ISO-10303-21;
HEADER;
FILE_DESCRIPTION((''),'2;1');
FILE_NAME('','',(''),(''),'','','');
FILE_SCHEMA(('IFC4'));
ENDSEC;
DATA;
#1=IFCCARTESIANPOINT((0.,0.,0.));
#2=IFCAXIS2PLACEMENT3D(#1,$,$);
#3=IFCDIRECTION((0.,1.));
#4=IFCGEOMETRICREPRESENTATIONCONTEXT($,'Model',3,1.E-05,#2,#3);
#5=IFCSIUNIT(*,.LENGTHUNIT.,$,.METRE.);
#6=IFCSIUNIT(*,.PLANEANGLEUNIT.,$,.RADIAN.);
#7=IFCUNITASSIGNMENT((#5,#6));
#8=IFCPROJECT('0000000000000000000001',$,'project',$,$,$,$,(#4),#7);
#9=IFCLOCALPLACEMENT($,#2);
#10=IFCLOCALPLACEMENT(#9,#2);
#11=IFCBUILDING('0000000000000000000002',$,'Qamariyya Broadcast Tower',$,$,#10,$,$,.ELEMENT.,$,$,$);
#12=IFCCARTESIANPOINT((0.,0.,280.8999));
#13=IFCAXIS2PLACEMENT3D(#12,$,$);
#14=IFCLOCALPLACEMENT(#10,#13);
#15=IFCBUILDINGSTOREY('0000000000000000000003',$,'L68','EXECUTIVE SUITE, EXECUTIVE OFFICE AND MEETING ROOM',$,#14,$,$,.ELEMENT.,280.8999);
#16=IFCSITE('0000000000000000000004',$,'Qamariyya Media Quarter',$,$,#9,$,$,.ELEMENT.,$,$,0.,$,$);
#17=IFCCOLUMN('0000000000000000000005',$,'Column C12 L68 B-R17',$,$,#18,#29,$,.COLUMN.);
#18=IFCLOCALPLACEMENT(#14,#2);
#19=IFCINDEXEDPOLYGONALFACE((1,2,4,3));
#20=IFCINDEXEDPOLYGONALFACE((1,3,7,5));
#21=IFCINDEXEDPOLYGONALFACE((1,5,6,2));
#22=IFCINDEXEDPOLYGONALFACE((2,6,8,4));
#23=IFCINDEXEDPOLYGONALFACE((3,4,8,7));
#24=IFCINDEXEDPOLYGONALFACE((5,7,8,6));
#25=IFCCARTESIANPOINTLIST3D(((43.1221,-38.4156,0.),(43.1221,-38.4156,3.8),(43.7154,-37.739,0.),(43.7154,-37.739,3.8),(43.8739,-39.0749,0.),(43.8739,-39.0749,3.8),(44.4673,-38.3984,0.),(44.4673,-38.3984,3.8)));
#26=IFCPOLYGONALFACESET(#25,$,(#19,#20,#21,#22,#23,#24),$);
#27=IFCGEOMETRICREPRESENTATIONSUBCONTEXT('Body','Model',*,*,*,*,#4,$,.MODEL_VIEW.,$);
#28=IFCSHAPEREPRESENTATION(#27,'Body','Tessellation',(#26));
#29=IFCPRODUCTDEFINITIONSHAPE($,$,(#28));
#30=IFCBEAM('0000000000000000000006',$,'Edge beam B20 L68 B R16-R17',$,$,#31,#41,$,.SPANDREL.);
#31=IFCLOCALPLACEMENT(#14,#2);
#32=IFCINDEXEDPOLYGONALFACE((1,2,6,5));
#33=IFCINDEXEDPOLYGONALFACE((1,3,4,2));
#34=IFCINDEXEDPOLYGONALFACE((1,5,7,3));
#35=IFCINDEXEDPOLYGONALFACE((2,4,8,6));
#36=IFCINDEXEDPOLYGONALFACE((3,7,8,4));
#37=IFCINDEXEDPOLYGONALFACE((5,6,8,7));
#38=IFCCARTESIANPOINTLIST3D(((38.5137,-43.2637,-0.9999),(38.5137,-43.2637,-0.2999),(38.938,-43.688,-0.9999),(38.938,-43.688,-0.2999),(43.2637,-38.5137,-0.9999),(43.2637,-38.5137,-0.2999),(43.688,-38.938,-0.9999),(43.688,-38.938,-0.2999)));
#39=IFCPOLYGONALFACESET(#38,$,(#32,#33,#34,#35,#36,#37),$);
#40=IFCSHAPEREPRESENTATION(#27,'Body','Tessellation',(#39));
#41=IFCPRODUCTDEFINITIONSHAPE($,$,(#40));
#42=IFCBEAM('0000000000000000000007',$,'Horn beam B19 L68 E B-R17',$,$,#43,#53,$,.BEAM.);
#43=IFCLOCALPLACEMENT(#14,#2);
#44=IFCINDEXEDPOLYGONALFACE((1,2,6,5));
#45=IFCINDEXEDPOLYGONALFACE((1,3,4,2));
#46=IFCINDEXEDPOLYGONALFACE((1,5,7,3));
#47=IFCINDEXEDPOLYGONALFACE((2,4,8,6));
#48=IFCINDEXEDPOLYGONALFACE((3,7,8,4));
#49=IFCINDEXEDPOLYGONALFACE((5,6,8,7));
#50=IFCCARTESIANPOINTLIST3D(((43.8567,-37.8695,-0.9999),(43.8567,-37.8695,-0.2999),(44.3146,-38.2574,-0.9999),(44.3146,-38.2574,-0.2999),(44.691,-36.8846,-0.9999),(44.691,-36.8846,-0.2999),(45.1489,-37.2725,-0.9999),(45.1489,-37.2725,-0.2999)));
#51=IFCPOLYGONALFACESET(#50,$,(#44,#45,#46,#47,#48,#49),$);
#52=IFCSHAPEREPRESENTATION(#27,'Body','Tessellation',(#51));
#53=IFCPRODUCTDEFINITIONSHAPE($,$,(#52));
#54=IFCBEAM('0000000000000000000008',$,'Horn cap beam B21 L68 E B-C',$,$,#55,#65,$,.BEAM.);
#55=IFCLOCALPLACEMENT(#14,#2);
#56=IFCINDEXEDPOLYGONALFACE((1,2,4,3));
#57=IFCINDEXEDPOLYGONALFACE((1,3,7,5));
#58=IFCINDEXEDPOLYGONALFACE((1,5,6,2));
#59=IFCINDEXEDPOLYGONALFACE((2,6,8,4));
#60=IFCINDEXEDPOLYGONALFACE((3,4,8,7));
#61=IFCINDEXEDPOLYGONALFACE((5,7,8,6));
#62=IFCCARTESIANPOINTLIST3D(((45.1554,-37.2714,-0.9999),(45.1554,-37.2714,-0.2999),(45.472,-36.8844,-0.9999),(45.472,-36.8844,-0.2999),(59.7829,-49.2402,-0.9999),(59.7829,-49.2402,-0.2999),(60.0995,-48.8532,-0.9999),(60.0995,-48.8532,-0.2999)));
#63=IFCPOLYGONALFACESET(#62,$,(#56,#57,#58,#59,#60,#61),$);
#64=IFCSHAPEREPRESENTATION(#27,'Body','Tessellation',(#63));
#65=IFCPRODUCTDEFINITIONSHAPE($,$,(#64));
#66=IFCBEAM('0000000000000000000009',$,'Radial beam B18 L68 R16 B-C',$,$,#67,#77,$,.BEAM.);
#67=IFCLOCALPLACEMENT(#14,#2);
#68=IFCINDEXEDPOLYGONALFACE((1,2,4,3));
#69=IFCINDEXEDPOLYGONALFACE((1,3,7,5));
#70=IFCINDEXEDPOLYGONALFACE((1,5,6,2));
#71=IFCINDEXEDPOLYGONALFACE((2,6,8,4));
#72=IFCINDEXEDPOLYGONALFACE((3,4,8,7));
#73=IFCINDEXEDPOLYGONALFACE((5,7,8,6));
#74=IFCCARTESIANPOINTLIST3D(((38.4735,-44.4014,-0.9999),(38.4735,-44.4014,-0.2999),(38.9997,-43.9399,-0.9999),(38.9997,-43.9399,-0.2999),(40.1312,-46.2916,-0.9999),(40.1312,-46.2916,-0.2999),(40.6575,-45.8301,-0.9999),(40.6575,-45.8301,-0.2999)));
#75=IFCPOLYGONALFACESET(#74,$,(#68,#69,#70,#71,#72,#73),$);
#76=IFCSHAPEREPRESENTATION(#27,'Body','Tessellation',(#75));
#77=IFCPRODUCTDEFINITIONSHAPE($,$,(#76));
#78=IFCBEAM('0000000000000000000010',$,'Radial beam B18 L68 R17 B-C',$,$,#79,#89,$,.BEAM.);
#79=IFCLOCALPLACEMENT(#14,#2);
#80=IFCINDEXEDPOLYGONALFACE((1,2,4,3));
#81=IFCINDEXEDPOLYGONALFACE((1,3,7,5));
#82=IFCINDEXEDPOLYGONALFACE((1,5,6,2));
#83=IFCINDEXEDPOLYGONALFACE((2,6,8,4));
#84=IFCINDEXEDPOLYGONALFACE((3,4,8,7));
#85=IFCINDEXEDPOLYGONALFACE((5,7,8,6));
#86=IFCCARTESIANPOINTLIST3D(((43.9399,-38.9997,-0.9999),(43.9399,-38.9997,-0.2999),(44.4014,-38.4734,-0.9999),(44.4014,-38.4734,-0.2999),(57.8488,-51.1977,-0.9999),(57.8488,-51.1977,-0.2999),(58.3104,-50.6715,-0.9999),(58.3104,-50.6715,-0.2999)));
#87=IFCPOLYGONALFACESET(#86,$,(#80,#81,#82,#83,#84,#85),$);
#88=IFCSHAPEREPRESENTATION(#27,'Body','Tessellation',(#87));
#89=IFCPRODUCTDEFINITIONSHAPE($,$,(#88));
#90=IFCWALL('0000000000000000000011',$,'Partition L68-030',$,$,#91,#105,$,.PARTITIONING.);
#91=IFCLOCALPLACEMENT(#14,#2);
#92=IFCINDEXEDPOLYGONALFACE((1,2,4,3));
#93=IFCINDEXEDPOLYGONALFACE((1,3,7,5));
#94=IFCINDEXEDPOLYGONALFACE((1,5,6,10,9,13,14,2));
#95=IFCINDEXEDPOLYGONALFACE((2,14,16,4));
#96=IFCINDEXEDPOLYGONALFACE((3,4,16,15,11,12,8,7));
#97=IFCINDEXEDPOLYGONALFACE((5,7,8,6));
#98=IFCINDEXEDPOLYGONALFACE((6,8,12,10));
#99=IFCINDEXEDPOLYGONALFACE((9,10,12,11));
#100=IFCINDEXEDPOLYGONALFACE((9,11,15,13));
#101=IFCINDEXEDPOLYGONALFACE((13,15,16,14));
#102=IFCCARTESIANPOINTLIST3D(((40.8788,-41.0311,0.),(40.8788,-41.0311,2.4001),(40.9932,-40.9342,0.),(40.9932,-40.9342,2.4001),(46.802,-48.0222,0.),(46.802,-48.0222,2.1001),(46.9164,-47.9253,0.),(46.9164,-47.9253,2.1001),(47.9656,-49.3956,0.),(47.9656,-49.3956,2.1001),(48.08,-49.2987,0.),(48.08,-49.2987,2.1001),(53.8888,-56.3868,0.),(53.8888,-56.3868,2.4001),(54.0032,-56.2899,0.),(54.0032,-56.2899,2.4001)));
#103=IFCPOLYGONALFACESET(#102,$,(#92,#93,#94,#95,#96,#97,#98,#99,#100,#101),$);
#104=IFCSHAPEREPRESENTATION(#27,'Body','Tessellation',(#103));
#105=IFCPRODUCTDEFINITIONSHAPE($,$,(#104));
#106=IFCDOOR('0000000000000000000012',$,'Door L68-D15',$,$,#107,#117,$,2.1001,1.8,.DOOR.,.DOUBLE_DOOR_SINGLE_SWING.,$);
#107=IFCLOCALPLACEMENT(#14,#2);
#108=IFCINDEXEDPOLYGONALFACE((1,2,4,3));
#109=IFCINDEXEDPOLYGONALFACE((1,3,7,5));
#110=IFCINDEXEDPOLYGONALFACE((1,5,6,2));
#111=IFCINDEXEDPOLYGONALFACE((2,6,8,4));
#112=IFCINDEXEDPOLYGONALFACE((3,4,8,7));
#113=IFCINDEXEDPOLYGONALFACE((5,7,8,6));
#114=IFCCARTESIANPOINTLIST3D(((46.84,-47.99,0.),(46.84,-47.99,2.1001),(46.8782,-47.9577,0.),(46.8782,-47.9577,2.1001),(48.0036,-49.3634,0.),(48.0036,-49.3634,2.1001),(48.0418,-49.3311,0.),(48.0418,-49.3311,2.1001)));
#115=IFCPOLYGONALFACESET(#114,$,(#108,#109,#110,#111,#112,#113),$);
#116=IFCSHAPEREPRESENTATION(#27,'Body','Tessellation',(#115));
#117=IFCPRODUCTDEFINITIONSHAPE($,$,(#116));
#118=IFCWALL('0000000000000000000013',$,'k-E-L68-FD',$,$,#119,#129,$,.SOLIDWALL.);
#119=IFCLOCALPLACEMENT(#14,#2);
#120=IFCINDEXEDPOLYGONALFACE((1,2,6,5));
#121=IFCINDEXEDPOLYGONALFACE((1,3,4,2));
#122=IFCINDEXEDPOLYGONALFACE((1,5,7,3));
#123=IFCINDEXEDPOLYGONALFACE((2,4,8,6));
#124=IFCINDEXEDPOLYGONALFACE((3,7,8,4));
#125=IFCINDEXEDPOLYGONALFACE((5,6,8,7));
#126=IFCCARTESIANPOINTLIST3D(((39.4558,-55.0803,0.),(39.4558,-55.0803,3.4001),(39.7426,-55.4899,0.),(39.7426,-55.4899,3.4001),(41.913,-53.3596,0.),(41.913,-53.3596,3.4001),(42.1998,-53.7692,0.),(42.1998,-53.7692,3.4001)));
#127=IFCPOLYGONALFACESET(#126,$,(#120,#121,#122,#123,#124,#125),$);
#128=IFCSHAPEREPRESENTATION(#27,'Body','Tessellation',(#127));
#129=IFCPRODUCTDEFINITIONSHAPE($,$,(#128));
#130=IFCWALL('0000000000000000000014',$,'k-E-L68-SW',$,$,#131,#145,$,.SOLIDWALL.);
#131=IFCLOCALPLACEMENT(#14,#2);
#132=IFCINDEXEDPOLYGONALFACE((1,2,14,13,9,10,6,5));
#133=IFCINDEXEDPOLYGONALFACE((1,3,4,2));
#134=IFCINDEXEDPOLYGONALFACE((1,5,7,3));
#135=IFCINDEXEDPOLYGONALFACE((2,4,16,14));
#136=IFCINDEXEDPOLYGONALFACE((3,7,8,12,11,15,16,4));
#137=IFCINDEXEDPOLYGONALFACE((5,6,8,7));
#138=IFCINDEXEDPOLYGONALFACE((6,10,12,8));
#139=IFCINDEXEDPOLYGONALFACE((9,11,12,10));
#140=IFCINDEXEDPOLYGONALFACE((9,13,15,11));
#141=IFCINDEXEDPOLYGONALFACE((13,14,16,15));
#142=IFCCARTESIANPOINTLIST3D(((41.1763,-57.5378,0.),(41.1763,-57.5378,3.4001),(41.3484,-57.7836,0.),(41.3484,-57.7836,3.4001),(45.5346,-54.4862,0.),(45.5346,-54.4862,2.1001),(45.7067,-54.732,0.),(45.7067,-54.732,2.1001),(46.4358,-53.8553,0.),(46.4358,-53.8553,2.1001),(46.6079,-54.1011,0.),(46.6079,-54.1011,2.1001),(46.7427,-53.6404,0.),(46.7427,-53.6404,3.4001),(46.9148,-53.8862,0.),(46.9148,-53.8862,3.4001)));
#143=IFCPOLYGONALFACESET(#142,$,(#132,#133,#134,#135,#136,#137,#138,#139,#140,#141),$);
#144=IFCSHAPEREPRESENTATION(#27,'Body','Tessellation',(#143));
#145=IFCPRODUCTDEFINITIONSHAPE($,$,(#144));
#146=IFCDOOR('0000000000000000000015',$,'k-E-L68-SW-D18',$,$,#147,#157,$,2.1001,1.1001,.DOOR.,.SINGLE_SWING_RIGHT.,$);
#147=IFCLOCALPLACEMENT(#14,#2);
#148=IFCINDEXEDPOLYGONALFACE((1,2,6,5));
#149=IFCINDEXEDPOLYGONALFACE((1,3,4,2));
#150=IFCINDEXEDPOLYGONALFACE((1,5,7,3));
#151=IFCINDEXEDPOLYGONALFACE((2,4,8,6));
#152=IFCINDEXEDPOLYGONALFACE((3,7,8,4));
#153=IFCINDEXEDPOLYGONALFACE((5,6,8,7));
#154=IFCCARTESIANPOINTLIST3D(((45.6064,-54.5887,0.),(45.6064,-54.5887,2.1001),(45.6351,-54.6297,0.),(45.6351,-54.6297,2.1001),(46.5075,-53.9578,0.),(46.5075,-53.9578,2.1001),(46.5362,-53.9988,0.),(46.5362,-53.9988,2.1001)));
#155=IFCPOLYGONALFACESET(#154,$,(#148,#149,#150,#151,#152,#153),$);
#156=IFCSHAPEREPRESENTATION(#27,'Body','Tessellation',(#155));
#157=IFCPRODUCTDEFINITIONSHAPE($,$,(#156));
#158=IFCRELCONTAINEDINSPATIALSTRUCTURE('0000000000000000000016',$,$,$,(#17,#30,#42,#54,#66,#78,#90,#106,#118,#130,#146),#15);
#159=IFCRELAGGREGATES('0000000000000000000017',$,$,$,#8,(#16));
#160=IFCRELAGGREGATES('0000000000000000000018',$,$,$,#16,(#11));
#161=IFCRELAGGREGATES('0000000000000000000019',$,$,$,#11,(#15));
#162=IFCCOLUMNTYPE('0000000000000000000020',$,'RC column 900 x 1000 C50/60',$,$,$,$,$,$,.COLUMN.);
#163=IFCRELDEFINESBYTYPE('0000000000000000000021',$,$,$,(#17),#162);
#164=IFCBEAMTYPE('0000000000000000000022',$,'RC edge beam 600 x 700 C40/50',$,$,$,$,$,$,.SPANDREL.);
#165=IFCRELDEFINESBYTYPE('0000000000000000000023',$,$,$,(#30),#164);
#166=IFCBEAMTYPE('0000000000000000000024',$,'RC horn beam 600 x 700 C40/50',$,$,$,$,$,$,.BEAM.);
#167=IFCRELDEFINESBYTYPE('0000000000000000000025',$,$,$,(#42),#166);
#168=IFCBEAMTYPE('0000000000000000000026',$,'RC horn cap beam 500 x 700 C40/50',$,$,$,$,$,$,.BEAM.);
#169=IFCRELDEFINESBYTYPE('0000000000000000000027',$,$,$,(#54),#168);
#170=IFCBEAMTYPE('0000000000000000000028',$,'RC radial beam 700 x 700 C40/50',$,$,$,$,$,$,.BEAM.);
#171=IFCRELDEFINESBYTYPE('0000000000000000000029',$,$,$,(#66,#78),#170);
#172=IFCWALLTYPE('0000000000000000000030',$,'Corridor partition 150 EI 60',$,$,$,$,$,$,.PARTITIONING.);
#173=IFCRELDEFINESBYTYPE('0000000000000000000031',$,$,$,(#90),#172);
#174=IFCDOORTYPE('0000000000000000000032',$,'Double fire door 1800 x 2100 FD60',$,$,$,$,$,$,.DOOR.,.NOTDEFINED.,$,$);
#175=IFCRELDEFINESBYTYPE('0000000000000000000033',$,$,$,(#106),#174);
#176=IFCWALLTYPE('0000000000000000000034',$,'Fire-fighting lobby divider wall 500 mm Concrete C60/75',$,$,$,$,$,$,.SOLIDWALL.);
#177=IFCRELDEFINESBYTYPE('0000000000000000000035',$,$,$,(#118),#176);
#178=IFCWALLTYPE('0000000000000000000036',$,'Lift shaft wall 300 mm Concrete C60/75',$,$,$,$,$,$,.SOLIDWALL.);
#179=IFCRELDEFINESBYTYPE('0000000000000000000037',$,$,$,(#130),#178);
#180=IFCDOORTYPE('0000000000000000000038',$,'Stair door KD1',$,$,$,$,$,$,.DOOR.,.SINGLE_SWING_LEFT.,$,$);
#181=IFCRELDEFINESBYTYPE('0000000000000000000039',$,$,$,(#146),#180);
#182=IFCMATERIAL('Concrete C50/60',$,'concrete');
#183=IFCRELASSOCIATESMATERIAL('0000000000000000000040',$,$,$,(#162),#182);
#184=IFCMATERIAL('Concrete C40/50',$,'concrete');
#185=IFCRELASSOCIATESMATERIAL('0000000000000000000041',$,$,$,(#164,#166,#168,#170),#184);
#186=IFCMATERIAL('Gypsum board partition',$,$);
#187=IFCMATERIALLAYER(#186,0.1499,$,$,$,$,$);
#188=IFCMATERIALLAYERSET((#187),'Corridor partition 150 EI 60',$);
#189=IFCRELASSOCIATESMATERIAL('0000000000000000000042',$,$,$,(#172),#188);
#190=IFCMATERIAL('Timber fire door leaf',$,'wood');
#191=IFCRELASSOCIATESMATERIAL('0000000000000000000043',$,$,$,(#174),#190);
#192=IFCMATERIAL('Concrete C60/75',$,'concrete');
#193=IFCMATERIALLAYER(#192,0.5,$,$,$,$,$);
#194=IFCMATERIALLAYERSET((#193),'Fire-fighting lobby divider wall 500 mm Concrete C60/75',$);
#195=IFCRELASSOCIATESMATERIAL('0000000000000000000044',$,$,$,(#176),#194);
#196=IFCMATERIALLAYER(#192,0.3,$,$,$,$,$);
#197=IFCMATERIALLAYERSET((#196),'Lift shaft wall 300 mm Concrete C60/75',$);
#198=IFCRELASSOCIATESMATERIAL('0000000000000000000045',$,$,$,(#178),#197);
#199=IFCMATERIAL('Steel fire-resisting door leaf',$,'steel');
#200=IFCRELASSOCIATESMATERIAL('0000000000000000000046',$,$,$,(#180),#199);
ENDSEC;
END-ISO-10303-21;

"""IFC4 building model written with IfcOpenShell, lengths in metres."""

from ifc_helpers import new_model, si_unit, direction, frame, frame_2d, origin, origin_2d, place, context, subcontext, project, spatial, rectangle, extrude, material, layer, layer_set, material_profile, profile_set, type_object, element, fill, save


model = new_model("IFC4")

# Units and contexts
model_context = context("Model", 3, precision=1e-05, world=origin(), true_north=direction((0.0, 1.0)))
body_context = subcontext(model_context, "Body", "Model", "MODEL_VIEW")
ifc_project = project(units=[si_unit("LENGTHUNIT", "METRE"), si_unit("PLANEANGLEUNIT", "RADIAN")], contexts=[model_context])

# Site, building, storey
site_placement = place(None, origin())
site = spatial("IfcSite", under=ifc_project, at=site_placement, Name="Qamariyya Media Quarter", CompositionType="ELEMENT", RefElevation=0.0)
building_placement = place(site_placement, origin())
building = spatial("IfcBuilding", under=site, at=building_placement, Name="Qamariyya Broadcast Tower", CompositionType="ELEMENT")
storey_placement = place(building_placement, frame((0.0, 0.0, 280.8999)))
storey = spatial("IfcBuildingStorey", under=building, at=storey_placement, Name="L68", Description="EXECUTIVE SUITE, EXECUTIVE OFFICE AND MEETING ROOM", CompositionType="ELEMENT", Elevation=280.8999)

# Column
ifc_material_1 = material(Name="Concrete C50/60", Category="concrete")
ifc_material_profile_1 = material_profile(ifc_material_1, rectangle(XDim=0.8999, YDim=1.0, at=origin_2d()))
ifc_profile_set_1 = profile_set([ifc_material_profile_1], Name="Concrete C50/60")
column_type = type_object("IfcColumnType", Name="RC column 900 x 1000 C50/60", PredefinedType="COLUMN", material=ifc_profile_set_1)
column_placement = place(storey_placement, frame((43.7947, -38.407, 0.0), z_axis=(0.0, 0.0, 1.0), x_axis=(0.659346, 0.75184, 0.0)))
element("IfcColumn", 1, at=column_placement, inside=storey, type_object=column_type, Name="Column C12 L68 B-R17", PredefinedType="COLUMN", context=body_context, shape_type="SweptSolid", body=[
    extrude(rectangle(XDim=0.8999, YDim=1.0, at=origin_2d()), origin(), (0.0, 0.0, 1.0), 3.8),
])

# Beams
ifc_material_2 = material(Name="Concrete C40/50", Category="concrete")
ifc_material_profile_2 = material_profile(ifc_material_2, rectangle(XDim=0.6001, YDim=0.7, at=origin_2d()))
ifc_profile_set_2 = profile_set([ifc_material_profile_2], Name="Concrete C40/50")
beam_type_1 = type_object("IfcBeamType", Name="RC edge beam 600 x 700 C40/50", PredefinedType="SPANDREL", material=ifc_profile_set_2)
beam_1_placement = place(storey_placement, frame((38.7258, -43.4758, -0.6499), z_axis=(0.707107, 0.707107, 0.0), x_axis=(-0.707107, 0.707107, 0.0)))
element("IfcBeam", 2, at=beam_1_placement, inside=storey, type_object=beam_type_1, Name="Edge beam B20 L68 B R16-R17", PredefinedType="SPANDREL", context=body_context, shape_type="SweptSolid", body=[
    extrude(rectangle(XDim=0.6001, YDim=0.7, at=origin_2d()), origin(), (0.0, 0.0, 1.0), 6.7175),
])
ifc_material_profile_3 = material_profile(ifc_material_2, rectangle(XDim=0.6001, YDim=0.7, at=origin_2d()))
ifc_profile_set_3 = profile_set([ifc_material_profile_3], Name="Concrete C40/50")
beam_type_2 = type_object("IfcBeamType", Name="RC horn beam 600 x 700 C40/50", PredefinedType="BEAM", material=ifc_profile_set_3)
beam_2_placement = place(storey_placement, frame((44.0857, -38.0635, -0.6499), z_axis=(0.646341, 0.763049, 0.0), x_axis=(-0.763049, 0.646341, 0.0)))
element("IfcBeam", 3, at=beam_2_placement, inside=storey, type_object=beam_type_2, Name="Horn beam B19 L68 E B-R17", PredefinedType="BEAM", context=body_context, shape_type="SweptSolid", body=[
    extrude(rectangle(XDim=0.6001, YDim=0.7, at=origin_2d()), origin(), (0.0, 0.0, 1.0), 1.2908),
])
ifc_material_profile_4 = material_profile(ifc_material_2, rectangle(XDim=0.5, YDim=0.7, at=origin_2d()))
ifc_profile_set_4 = profile_set([ifc_material_profile_4], Name="Concrete C40/50")
beam_type_3 = type_object("IfcBeamType", Name="RC horn cap beam 500 x 700 C40/50", PredefinedType="BEAM", material=ifc_profile_set_4)
beam_3_placement = place(storey_placement, frame((45.3137, -37.0779, -0.6499), z_axis=(0.773935, -0.633265, 0.0), x_axis=(0.633265, 0.773935, 0.0)))
element("IfcBeam", 4, at=beam_3_placement, inside=storey, type_object=beam_type_3, Name="Horn cap beam B21 L68 E B-C", PredefinedType="BEAM", context=body_context, shape_type="SweptSolid", body=[
    extrude(rectangle(XDim=0.5, YDim=0.7, at=origin_2d()), origin(), (0.0, 0.0, 1.0), 18.9001),
])
ifc_material_profile_5 = material_profile(ifc_material_2, rectangle(XDim=0.7, YDim=0.7, at=origin_2d()))
ifc_profile_set_5 = profile_set([ifc_material_profile_5], Name="Concrete C40/50")
beam_type_4 = type_object("IfcBeamType", Name="RC radial beam 700 x 700 C40/50", PredefinedType="BEAM", material=ifc_profile_set_5)
beam_4_placement = place(storey_placement, frame((38.7366, -44.1707, -0.6499), z_axis=(0.65937, -0.751818, 0.0), x_axis=(0.751818, 0.65937, 0.0)))
element("IfcBeam", 5, at=beam_4_placement, inside=storey, type_object=beam_type_4, Name="Radial beam B18 L68 R16 B-C", PredefinedType="BEAM", context=body_context, shape_type="SweptSolid", body=[
    extrude(rectangle(XDim=0.7, YDim=0.7, at=origin_2d()), origin(), (0.0, 0.0, 1.0), 2.5142),
])
beam_5_placement = place(storey_placement, frame((44.1707, -38.7366, -0.6499), z_axis=(0.751835, -0.659352, 0.0), x_axis=(0.659352, 0.751835, 0.0)))
element("IfcBeam", 6, at=beam_5_placement, inside=storey, type_object=beam_type_4, Name="Radial beam B18 L68 R17 B-C", PredefinedType="BEAM", context=body_context, shape_type="SweptSolid", body=[
    extrude(rectangle(XDim=0.7, YDim=0.7, at=origin_2d()), origin(), (0.0, 0.0, 1.0), 18.5),
])

# Wall, opening, door
ifc_material_3 = material(Name="Gypsum board partition")
ifc_layer_1 = layer(ifc_material_3, 0.1499)
ifc_layer_set_1 = layer_set([ifc_layer_1], Name="Corridor partition 150 EI 60")
wall_type_1 = type_object("IfcWallType", Name="Corridor partition 150 EI 60", PredefinedType="PARTITIONING", material=ifc_layer_set_1)
wall_1_placement = place(storey_placement, frame((40.936, -40.9827, 0.0), z_axis=(0.0, 0.0, 1.0), x_axis=(0.646426, -0.762977, 0.0)))
wall_1 = element("IfcWall", 7, at=wall_1_placement, inside=storey, type_object=wall_type_1, Name="Partition L68-030", PredefinedType="PARTITIONING", context=body_context, shape_type="SweptSolid", body=[
    extrude(rectangle(XDim=20.126, YDim=0.1499, at=frame_2d((10.063, 0.0))), origin(), (0.0, 0.0, 1.0), 2.4001),
])
opening_1_placement = place(wall_1_placement, frame((9.1631, 0.0, 0.0)))
opening_1 = element("IfcOpeningElement", 8, at=opening_1_placement, cuts=wall_1, PredefinedType="OPENING", context=body_context, shape_type="SweptSolid", body=[
    extrude(rectangle(XDim=1.8, YDim=2.1001, at=frame_2d((0.8999, 1.05))), frame((0.0, 0.085, 0.0), z_axis=(0.0, -1.0, 0.0), x_axis=(1.0, 0.0, 0.0)), (0.0, 0.0, 1.0), 0.1699),
])
ifc_material_4 = material(Name="Timber fire door leaf", Category="wood")
door_type_1 = type_object("IfcDoorType", Name="Double fire door 1800 x 2100 FD60", OperationType="NOTDEFINED", PredefinedType="DOOR", material=ifc_material_4)
door_1_placement = place(opening_1_placement, origin())
door_1 = element("IfcDoor", 9, at=door_1_placement, inside=storey, type_object=door_type_1, Name="Door L68-D15", OperationType="DOUBLE_DOOR_SINGLE_SWING", OverallHeight=2.1001, OverallWidth=1.8, PredefinedType="DOOR", context=body_context, shape_type="SweptSolid", body=[
    extrude(rectangle(XDim=1.8, YDim=2.1001, at=frame_2d((0.8999, 1.05))), frame((0.0, 0.0249, 0.0), z_axis=(0.0, -1.0, 0.0), x_axis=(1.0, 0.0, 0.0)), (0.0, 0.0, 1.0), 0.05),
])
fill(opening_1, door_1)

# Wall
ifc_material_5 = material(Name="Concrete C60/75", Category="concrete")
ifc_layer_2 = layer(ifc_material_5, 0.5)
ifc_layer_set_2 = layer_set([ifc_layer_2], Name="Fire-fighting lobby divider wall 500 mm Concrete C60/75")
wall_type_2 = type_object("IfcWallType", Name="Fire-fighting lobby divider wall 500 mm Concrete C60/75", PredefinedType="SOLIDWALL", material=ifc_layer_set_2)
wall_2_placement = place(storey_placement, frame((39.5991, -55.2852, 0.0), z_axis=(0.0, 0.0, 1.0), x_axis=(0.819136, 0.573599, 0.0)))
element("IfcWall", 10, at=wall_2_placement, inside=storey, type_object=wall_type_2, Name="k-E-L68-FD", PredefinedType="SOLIDWALL", context=body_context, shape_type="SweptSolid", body=[
    extrude(rectangle(XDim=2.9998, YDim=0.5, at=frame_2d((1.5, 0.0))), origin(), (0.0, 0.0, 1.0), 3.4001),
])

# Wall, opening, door
ifc_layer_3 = layer(ifc_material_5, 0.3)
ifc_layer_set_3 = layer_set([ifc_layer_3], Name="Lift shaft wall 300 mm Concrete C60/75")
wall_type_3 = type_object("IfcWallType", Name="Lift shaft wall 300 mm Concrete C60/75", PredefinedType="SOLIDWALL", material=ifc_layer_set_3)
wall_3_placement = place(storey_placement, frame((41.2625, -57.6606, 0.0), z_axis=(0.0, 0.0, 1.0), x_axis=(0.819164, 0.573559, 0.0)))
wall_3 = element("IfcWall", 11, at=wall_3_placement, inside=storey, type_object=wall_type_3, Name="k-E-L68-SW", PredefinedType="SOLIDWALL", context=body_context, shape_type="SweptSolid", body=[
    extrude(rectangle(XDim=6.7952, YDim=0.3, at=frame_2d((3.3975, 0.0))), origin(), (0.0, 0.0, 1.0), 3.4001),
])
opening_2_placement = place(wall_3_placement, frame((5.3203, 0.0, 0.0)))
opening_2 = element("IfcOpeningElement", 12, at=opening_2_placement, cuts=wall_3, PredefinedType="OPENING", context=body_context, shape_type="SweptSolid", body=[
    extrude(rectangle(XDim=1.1001, YDim=2.1001, at=frame_2d((0.55, 1.05))), frame((0.0, 0.1599, 0.0), z_axis=(0.0, -1.0, 0.0), x_axis=(1.0, 0.0, 0.0)), (0.0, 0.0, 1.0), 0.3201),
])
ifc_material_6 = material(Name="Steel fire-resisting door leaf", Category="steel")
door_type_2 = type_object("IfcDoorType", Name="Stair door KD1", OperationType="SINGLE_SWING_LEFT", PredefinedType="DOOR", material=ifc_material_6)
door_2_placement = place(opening_2_placement, origin())
door_2 = element("IfcDoor", 13, at=door_2_placement, inside=storey, type_object=door_type_2, Name="k-E-L68-SW-D18", OperationType="SINGLE_SWING_RIGHT", OverallHeight=2.1001, OverallWidth=1.1001, PredefinedType="DOOR", context=body_context, shape_type="SweptSolid", body=[
    extrude(rectangle(XDim=1.1001, YDim=2.1001, at=frame_2d((0.55, 1.05))), frame((0.0, 0.0249, 0.0), z_axis=(0.0, -1.0, 0.0), x_axis=(1.0, 0.0, 0.0)), (0.0, 0.0, 1.0), 0.05),
])
fill(opening_2, door_2)

save(model, "model.ifc")
